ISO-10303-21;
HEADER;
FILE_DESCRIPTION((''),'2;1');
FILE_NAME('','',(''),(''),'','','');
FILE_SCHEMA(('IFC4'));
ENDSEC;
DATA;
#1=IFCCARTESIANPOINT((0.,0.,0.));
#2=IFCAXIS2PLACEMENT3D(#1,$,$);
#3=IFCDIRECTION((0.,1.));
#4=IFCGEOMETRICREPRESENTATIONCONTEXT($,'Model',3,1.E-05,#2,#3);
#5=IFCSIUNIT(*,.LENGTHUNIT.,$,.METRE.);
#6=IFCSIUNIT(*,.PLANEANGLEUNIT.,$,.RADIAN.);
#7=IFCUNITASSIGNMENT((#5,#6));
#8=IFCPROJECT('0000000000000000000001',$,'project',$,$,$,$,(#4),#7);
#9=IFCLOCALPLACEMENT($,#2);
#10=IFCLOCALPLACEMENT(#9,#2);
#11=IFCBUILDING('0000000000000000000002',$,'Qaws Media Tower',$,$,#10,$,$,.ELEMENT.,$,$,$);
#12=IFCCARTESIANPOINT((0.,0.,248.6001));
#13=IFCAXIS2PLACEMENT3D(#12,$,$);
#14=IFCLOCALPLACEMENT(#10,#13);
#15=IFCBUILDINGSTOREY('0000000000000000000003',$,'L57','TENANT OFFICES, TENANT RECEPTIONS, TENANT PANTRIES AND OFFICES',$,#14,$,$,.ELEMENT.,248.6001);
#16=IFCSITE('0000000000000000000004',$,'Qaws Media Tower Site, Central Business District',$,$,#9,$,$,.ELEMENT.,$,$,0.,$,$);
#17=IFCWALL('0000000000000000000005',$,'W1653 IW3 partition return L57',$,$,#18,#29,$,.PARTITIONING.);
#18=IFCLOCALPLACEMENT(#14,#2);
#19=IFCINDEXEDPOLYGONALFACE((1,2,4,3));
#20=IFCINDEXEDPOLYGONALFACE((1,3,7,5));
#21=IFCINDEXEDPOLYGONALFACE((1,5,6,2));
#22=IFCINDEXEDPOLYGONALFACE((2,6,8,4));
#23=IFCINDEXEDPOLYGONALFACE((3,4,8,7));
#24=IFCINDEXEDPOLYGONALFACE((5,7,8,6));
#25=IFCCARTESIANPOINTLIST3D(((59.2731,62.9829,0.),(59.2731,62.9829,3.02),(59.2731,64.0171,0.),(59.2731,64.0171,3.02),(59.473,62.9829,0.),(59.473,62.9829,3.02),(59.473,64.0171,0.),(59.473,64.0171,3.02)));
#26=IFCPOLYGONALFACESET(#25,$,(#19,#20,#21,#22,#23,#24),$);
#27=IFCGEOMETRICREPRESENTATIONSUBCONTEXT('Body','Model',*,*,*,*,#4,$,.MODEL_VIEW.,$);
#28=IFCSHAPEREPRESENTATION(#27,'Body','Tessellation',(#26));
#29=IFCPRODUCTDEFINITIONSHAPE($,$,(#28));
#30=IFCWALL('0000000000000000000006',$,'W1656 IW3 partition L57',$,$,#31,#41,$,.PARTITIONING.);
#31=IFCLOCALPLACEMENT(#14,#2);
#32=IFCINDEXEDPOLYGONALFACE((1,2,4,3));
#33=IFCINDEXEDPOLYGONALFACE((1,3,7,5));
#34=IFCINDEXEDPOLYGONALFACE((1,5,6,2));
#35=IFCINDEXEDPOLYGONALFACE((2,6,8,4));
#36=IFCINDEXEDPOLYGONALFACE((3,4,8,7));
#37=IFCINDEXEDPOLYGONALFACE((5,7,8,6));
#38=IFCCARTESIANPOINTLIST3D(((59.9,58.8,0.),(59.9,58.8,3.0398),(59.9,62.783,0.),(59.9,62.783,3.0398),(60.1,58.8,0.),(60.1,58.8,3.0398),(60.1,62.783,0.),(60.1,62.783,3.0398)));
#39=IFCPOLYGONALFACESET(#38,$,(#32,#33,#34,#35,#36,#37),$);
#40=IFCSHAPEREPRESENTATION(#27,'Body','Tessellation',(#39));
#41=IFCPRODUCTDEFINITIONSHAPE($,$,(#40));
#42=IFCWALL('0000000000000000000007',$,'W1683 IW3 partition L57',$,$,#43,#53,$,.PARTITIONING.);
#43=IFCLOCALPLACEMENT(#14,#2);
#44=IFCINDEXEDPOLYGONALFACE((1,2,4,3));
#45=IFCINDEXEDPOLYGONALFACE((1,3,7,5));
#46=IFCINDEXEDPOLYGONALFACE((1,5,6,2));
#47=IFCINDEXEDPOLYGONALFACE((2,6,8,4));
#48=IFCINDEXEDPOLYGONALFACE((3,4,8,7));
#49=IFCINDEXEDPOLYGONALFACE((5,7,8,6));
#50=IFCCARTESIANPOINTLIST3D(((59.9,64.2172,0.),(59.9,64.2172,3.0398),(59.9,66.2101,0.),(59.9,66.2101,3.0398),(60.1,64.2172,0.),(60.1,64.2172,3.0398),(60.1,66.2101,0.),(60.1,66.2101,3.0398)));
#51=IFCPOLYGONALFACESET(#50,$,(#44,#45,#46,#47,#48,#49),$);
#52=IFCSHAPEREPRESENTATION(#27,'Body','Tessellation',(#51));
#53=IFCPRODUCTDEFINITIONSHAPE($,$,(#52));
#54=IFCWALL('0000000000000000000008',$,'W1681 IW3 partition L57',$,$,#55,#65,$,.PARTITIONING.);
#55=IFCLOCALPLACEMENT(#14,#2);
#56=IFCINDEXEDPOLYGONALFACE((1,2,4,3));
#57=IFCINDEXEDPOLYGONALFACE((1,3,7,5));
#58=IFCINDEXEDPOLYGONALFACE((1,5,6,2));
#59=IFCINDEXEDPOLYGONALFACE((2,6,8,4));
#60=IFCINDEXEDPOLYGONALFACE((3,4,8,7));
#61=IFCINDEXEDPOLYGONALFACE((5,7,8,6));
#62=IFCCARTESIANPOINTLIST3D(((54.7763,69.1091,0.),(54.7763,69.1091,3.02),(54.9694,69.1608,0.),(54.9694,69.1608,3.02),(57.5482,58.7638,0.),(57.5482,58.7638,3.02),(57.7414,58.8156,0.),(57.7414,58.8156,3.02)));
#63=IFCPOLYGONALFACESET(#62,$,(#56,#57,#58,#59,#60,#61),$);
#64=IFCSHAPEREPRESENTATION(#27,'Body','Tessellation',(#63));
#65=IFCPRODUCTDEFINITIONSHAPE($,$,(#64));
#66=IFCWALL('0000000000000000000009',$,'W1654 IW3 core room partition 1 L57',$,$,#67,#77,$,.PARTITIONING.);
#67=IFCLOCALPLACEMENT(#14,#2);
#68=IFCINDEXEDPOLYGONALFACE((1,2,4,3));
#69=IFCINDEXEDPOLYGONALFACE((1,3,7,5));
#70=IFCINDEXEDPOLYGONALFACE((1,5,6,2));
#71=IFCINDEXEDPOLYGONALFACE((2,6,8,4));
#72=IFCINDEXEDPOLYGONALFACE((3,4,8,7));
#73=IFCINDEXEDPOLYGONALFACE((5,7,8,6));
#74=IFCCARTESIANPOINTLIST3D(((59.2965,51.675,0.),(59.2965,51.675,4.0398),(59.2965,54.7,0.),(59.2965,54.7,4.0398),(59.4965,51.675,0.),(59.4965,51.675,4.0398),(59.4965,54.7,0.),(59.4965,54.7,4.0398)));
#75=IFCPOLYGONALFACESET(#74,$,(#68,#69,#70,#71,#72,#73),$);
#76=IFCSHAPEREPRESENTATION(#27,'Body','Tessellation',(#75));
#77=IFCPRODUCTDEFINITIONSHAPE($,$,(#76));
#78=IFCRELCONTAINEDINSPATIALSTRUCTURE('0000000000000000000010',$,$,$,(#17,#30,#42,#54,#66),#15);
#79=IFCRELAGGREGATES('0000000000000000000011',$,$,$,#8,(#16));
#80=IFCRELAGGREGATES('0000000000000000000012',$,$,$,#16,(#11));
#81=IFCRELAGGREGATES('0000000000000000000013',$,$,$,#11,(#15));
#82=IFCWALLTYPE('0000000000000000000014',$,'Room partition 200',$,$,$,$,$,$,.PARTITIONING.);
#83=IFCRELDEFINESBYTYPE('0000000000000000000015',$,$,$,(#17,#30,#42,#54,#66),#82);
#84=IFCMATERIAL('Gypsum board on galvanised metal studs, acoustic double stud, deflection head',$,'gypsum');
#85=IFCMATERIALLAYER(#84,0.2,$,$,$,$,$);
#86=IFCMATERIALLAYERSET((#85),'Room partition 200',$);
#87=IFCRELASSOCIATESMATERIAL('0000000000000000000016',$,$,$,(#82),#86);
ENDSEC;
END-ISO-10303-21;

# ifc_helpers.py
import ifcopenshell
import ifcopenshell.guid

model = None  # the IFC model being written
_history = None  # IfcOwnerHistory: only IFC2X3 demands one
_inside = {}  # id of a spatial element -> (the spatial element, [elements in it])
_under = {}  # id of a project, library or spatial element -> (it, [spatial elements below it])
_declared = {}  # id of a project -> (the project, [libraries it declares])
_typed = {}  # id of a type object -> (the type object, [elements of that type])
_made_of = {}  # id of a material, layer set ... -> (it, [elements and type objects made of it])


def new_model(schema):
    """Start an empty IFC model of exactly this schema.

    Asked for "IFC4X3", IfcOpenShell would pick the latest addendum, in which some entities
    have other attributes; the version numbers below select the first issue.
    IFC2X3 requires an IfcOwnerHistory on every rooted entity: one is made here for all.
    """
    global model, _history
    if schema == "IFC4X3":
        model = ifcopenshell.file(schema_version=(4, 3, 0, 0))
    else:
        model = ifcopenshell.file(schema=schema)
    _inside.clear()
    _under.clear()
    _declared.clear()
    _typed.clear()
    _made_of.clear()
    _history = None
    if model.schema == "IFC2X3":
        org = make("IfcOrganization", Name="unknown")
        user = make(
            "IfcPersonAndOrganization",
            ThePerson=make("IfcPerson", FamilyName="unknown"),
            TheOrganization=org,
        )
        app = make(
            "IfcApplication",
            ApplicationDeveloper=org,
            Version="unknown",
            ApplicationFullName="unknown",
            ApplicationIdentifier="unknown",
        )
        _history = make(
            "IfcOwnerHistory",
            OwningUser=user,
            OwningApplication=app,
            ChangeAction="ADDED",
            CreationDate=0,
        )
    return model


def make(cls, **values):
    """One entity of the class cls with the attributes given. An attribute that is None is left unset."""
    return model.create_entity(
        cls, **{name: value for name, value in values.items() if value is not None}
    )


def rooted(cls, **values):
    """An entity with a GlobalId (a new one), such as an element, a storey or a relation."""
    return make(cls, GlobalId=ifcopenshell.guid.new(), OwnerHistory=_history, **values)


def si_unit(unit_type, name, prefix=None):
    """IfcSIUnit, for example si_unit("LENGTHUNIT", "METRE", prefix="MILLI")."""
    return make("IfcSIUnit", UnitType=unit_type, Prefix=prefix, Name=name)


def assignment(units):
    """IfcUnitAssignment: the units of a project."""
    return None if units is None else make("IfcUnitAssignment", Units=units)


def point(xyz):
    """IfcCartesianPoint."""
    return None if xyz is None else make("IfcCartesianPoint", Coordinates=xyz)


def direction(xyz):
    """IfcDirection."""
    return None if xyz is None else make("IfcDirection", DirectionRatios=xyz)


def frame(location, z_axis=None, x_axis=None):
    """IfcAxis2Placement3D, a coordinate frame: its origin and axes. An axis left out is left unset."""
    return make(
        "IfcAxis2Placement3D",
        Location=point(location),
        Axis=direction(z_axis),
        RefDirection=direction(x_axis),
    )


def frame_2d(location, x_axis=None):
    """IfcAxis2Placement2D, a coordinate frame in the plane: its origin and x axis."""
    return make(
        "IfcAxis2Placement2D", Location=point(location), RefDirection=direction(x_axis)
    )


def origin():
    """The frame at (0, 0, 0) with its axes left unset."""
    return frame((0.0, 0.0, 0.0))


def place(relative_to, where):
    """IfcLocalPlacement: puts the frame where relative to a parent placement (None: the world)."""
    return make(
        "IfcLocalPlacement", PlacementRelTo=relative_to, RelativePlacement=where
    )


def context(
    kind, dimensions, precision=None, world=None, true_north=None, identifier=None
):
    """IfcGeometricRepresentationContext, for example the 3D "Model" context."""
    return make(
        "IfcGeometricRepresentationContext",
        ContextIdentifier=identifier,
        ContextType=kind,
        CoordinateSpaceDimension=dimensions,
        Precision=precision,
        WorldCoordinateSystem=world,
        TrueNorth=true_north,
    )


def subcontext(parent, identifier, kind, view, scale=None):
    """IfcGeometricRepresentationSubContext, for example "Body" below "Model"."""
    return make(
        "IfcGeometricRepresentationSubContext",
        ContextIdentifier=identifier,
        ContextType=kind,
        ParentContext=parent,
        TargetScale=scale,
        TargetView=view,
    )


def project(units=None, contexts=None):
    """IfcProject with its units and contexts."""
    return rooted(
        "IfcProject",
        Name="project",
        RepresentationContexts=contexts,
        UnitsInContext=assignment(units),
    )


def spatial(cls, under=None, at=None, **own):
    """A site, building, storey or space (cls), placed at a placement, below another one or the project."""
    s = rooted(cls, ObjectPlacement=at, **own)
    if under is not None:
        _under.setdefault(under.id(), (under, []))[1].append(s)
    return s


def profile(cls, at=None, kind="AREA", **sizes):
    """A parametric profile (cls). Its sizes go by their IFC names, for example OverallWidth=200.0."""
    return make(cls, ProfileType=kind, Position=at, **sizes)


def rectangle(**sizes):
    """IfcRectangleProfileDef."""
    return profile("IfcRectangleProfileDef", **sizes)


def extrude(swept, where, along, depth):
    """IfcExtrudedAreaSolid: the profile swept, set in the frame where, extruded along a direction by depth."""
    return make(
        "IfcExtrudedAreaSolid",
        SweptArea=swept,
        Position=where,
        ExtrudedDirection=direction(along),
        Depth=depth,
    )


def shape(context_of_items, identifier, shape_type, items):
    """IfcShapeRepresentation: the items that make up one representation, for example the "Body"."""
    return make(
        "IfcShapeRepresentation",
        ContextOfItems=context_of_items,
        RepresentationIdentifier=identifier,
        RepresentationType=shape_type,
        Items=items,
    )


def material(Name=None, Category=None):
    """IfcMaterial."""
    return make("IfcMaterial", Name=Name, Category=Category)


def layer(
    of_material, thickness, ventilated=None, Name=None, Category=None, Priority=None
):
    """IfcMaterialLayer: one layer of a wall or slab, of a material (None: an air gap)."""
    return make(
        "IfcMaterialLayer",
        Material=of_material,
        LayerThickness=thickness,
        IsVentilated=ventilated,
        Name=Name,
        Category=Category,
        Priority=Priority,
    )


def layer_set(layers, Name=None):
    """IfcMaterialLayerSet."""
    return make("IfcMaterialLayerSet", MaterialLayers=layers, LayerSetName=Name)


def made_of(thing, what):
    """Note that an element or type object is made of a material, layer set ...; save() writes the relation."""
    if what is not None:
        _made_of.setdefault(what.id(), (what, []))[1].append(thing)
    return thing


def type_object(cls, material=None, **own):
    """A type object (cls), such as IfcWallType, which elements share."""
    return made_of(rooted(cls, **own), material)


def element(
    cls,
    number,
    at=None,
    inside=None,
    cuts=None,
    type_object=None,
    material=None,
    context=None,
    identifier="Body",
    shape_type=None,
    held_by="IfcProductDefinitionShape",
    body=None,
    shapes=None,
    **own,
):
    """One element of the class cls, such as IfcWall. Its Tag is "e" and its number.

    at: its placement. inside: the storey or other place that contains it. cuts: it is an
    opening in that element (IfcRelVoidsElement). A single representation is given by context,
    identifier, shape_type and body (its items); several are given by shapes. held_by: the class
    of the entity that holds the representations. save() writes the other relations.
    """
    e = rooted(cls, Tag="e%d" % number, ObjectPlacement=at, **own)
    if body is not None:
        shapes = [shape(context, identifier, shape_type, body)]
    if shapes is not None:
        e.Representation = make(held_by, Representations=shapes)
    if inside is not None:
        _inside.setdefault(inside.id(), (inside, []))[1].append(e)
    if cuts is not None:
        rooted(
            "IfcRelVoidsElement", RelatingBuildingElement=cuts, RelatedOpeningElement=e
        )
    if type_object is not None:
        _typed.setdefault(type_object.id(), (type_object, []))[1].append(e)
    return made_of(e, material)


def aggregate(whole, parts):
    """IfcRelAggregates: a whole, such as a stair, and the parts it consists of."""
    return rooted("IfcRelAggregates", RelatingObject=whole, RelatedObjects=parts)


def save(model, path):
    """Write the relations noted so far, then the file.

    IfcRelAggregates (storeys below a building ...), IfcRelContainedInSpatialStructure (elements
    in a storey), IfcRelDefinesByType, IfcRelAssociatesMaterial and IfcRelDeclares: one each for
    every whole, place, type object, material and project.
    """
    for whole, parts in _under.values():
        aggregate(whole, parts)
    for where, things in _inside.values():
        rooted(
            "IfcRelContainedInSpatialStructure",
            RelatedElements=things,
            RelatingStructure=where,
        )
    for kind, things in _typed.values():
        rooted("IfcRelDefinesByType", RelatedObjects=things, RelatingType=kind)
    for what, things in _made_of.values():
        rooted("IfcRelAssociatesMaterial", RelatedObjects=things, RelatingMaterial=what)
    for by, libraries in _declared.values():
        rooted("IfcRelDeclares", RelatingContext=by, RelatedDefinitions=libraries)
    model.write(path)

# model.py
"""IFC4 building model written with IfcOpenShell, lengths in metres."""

from ifc_helpers import new_model, si_unit, direction, frame, frame_2d, origin, place, context, subcontext, project, spatial, rectangle, extrude, material, layer, layer_set, type_object, element, save


model = new_model("IFC4")

# Units and contexts
model_context = context("Model", 3, precision=1e-05, world=origin(), true_north=direction((0.0, 1.0)))
body_context = subcontext(model_context, "Body", "Model", "MODEL_VIEW")
ifc_project = project(units=[si_unit("LENGTHUNIT", "METRE"), si_unit("PLANEANGLEUNIT", "RADIAN")], contexts=[model_context])

# Site, building, storey
site_placement = place(None, origin())
site = spatial("IfcSite", under=ifc_project, at=site_placement, Name="Qaws Media Tower Site, Central Business District", CompositionType="ELEMENT", RefElevation=0.0)
building_placement = place(site_placement, origin())
building = spatial("IfcBuilding", under=site, at=building_placement, Name="Qaws Media Tower", CompositionType="ELEMENT")
storey_placement = place(building_placement, frame((0.0, 0.0, 248.6001)))
storey = spatial("IfcBuildingStorey", under=building, at=storey_placement, Name="L57", Description="TENANT OFFICES, TENANT RECEPTIONS, TENANT PANTRIES AND OFFICES", CompositionType="ELEMENT", Elevation=248.6001)

# Shared definitions
ifc_material_1 = material(Name="Gypsum board on galvanised metal studs, acoustic double stud, deflection head", Category="gypsum")
ifc_layer = layer(ifc_material_1, 0.2)
ifc_layer_set = layer_set([ifc_layer], Name="Room partition 200")
wall_type = type_object("IfcWallType", Name="Room partition 200", PredefinedType="PARTITIONING", material=ifc_layer_set)

# Walls
wall_1_placement = place(storey_placement, frame((59.373, 62.9829, 0.0), z_axis=(0.0, 0.0, 1.0), x_axis=(0.0, 1.0, 0.0)))
element("IfcWall", 1, at=wall_1_placement, inside=storey, type_object=wall_type, Name="W1653 IW3 partition return L57", PredefinedType="PARTITIONING", context=body_context, shape_type="SweptSolid", body=[
    extrude(rectangle(XDim=1.0342, YDim=0.2, at=frame_2d((0.5171, 0.0))), origin(), (0.0, 0.0, 1.0), 3.02),
])
wall_2_placement = place(storey_placement, frame((60.0, 58.8, 0.0), z_axis=(0.0, 0.0, 1.0), x_axis=(0.0, 1.0, 0.0)))
element("IfcWall", 2, at=wall_2_placement, inside=storey, type_object=wall_type, Name="W1656 IW3 partition L57", PredefinedType="PARTITIONING", context=body_context, shape_type="SweptSolid", body=[
    extrude(rectangle(XDim=3.9829, YDim=0.2, at=frame_2d((1.9915, 0.0))), origin(), (0.0, 0.0, 1.0), 3.0398),
])
wall_3_placement = place(storey_placement, frame((60.0, 64.217, 0.0), z_axis=(0.0, 0.0, 1.0), x_axis=(0.0, 1.0, 0.0)))
element("IfcWall", 3, at=wall_3_placement, inside=storey, type_object=wall_type, Name="W1683 IW3 partition L57", PredefinedType="PARTITIONING", context=body_context, shape_type="SweptSolid", body=[
    extrude(rectangle(XDim=1.9929, YDim=0.2, at=frame_2d((0.9966, 0.0))), origin(), (0.0, 0.0, 1.0), 3.0398),
])
wall_4_placement = place(storey_placement, frame((57.6448, 58.7898, 0.0), z_axis=(0.0, 0.0, 1.0), x_axis=(-0.258817, 0.965926, 0.0)))
element("IfcWall", 4, at=wall_4_placement, inside=storey, type_object=wall_type, Name="W1681 IW3 partition L57", PredefinedType="PARTITIONING", context=body_context, shape_type="SweptSolid", body=[
    extrude(rectangle(XDim=10.7102, YDim=0.2, at=frame_2d((5.355, 0.0))), origin(), (0.0, 0.0, 1.0), 3.02),
])
wall_5_placement = place(storey_placement, frame((59.3965, 51.675, 0.0), z_axis=(0.0, 0.0, 1.0), x_axis=(0.0, 1.0, 0.0)))
element("IfcWall", 5, at=wall_5_placement, inside=storey, type_object=wall_type, Name="W1654 IW3 core room partition 1 L57", PredefinedType="PARTITIONING", context=body_context, shape_type="SweptSolid", body=[
    extrude(rectangle(XDim=3.0249, YDim=0.2, at=frame_2d((1.5125, 0.0))), origin(), (0.0, 0.0, 1.0), 4.0398),
])

save(model, "model.ifc")
